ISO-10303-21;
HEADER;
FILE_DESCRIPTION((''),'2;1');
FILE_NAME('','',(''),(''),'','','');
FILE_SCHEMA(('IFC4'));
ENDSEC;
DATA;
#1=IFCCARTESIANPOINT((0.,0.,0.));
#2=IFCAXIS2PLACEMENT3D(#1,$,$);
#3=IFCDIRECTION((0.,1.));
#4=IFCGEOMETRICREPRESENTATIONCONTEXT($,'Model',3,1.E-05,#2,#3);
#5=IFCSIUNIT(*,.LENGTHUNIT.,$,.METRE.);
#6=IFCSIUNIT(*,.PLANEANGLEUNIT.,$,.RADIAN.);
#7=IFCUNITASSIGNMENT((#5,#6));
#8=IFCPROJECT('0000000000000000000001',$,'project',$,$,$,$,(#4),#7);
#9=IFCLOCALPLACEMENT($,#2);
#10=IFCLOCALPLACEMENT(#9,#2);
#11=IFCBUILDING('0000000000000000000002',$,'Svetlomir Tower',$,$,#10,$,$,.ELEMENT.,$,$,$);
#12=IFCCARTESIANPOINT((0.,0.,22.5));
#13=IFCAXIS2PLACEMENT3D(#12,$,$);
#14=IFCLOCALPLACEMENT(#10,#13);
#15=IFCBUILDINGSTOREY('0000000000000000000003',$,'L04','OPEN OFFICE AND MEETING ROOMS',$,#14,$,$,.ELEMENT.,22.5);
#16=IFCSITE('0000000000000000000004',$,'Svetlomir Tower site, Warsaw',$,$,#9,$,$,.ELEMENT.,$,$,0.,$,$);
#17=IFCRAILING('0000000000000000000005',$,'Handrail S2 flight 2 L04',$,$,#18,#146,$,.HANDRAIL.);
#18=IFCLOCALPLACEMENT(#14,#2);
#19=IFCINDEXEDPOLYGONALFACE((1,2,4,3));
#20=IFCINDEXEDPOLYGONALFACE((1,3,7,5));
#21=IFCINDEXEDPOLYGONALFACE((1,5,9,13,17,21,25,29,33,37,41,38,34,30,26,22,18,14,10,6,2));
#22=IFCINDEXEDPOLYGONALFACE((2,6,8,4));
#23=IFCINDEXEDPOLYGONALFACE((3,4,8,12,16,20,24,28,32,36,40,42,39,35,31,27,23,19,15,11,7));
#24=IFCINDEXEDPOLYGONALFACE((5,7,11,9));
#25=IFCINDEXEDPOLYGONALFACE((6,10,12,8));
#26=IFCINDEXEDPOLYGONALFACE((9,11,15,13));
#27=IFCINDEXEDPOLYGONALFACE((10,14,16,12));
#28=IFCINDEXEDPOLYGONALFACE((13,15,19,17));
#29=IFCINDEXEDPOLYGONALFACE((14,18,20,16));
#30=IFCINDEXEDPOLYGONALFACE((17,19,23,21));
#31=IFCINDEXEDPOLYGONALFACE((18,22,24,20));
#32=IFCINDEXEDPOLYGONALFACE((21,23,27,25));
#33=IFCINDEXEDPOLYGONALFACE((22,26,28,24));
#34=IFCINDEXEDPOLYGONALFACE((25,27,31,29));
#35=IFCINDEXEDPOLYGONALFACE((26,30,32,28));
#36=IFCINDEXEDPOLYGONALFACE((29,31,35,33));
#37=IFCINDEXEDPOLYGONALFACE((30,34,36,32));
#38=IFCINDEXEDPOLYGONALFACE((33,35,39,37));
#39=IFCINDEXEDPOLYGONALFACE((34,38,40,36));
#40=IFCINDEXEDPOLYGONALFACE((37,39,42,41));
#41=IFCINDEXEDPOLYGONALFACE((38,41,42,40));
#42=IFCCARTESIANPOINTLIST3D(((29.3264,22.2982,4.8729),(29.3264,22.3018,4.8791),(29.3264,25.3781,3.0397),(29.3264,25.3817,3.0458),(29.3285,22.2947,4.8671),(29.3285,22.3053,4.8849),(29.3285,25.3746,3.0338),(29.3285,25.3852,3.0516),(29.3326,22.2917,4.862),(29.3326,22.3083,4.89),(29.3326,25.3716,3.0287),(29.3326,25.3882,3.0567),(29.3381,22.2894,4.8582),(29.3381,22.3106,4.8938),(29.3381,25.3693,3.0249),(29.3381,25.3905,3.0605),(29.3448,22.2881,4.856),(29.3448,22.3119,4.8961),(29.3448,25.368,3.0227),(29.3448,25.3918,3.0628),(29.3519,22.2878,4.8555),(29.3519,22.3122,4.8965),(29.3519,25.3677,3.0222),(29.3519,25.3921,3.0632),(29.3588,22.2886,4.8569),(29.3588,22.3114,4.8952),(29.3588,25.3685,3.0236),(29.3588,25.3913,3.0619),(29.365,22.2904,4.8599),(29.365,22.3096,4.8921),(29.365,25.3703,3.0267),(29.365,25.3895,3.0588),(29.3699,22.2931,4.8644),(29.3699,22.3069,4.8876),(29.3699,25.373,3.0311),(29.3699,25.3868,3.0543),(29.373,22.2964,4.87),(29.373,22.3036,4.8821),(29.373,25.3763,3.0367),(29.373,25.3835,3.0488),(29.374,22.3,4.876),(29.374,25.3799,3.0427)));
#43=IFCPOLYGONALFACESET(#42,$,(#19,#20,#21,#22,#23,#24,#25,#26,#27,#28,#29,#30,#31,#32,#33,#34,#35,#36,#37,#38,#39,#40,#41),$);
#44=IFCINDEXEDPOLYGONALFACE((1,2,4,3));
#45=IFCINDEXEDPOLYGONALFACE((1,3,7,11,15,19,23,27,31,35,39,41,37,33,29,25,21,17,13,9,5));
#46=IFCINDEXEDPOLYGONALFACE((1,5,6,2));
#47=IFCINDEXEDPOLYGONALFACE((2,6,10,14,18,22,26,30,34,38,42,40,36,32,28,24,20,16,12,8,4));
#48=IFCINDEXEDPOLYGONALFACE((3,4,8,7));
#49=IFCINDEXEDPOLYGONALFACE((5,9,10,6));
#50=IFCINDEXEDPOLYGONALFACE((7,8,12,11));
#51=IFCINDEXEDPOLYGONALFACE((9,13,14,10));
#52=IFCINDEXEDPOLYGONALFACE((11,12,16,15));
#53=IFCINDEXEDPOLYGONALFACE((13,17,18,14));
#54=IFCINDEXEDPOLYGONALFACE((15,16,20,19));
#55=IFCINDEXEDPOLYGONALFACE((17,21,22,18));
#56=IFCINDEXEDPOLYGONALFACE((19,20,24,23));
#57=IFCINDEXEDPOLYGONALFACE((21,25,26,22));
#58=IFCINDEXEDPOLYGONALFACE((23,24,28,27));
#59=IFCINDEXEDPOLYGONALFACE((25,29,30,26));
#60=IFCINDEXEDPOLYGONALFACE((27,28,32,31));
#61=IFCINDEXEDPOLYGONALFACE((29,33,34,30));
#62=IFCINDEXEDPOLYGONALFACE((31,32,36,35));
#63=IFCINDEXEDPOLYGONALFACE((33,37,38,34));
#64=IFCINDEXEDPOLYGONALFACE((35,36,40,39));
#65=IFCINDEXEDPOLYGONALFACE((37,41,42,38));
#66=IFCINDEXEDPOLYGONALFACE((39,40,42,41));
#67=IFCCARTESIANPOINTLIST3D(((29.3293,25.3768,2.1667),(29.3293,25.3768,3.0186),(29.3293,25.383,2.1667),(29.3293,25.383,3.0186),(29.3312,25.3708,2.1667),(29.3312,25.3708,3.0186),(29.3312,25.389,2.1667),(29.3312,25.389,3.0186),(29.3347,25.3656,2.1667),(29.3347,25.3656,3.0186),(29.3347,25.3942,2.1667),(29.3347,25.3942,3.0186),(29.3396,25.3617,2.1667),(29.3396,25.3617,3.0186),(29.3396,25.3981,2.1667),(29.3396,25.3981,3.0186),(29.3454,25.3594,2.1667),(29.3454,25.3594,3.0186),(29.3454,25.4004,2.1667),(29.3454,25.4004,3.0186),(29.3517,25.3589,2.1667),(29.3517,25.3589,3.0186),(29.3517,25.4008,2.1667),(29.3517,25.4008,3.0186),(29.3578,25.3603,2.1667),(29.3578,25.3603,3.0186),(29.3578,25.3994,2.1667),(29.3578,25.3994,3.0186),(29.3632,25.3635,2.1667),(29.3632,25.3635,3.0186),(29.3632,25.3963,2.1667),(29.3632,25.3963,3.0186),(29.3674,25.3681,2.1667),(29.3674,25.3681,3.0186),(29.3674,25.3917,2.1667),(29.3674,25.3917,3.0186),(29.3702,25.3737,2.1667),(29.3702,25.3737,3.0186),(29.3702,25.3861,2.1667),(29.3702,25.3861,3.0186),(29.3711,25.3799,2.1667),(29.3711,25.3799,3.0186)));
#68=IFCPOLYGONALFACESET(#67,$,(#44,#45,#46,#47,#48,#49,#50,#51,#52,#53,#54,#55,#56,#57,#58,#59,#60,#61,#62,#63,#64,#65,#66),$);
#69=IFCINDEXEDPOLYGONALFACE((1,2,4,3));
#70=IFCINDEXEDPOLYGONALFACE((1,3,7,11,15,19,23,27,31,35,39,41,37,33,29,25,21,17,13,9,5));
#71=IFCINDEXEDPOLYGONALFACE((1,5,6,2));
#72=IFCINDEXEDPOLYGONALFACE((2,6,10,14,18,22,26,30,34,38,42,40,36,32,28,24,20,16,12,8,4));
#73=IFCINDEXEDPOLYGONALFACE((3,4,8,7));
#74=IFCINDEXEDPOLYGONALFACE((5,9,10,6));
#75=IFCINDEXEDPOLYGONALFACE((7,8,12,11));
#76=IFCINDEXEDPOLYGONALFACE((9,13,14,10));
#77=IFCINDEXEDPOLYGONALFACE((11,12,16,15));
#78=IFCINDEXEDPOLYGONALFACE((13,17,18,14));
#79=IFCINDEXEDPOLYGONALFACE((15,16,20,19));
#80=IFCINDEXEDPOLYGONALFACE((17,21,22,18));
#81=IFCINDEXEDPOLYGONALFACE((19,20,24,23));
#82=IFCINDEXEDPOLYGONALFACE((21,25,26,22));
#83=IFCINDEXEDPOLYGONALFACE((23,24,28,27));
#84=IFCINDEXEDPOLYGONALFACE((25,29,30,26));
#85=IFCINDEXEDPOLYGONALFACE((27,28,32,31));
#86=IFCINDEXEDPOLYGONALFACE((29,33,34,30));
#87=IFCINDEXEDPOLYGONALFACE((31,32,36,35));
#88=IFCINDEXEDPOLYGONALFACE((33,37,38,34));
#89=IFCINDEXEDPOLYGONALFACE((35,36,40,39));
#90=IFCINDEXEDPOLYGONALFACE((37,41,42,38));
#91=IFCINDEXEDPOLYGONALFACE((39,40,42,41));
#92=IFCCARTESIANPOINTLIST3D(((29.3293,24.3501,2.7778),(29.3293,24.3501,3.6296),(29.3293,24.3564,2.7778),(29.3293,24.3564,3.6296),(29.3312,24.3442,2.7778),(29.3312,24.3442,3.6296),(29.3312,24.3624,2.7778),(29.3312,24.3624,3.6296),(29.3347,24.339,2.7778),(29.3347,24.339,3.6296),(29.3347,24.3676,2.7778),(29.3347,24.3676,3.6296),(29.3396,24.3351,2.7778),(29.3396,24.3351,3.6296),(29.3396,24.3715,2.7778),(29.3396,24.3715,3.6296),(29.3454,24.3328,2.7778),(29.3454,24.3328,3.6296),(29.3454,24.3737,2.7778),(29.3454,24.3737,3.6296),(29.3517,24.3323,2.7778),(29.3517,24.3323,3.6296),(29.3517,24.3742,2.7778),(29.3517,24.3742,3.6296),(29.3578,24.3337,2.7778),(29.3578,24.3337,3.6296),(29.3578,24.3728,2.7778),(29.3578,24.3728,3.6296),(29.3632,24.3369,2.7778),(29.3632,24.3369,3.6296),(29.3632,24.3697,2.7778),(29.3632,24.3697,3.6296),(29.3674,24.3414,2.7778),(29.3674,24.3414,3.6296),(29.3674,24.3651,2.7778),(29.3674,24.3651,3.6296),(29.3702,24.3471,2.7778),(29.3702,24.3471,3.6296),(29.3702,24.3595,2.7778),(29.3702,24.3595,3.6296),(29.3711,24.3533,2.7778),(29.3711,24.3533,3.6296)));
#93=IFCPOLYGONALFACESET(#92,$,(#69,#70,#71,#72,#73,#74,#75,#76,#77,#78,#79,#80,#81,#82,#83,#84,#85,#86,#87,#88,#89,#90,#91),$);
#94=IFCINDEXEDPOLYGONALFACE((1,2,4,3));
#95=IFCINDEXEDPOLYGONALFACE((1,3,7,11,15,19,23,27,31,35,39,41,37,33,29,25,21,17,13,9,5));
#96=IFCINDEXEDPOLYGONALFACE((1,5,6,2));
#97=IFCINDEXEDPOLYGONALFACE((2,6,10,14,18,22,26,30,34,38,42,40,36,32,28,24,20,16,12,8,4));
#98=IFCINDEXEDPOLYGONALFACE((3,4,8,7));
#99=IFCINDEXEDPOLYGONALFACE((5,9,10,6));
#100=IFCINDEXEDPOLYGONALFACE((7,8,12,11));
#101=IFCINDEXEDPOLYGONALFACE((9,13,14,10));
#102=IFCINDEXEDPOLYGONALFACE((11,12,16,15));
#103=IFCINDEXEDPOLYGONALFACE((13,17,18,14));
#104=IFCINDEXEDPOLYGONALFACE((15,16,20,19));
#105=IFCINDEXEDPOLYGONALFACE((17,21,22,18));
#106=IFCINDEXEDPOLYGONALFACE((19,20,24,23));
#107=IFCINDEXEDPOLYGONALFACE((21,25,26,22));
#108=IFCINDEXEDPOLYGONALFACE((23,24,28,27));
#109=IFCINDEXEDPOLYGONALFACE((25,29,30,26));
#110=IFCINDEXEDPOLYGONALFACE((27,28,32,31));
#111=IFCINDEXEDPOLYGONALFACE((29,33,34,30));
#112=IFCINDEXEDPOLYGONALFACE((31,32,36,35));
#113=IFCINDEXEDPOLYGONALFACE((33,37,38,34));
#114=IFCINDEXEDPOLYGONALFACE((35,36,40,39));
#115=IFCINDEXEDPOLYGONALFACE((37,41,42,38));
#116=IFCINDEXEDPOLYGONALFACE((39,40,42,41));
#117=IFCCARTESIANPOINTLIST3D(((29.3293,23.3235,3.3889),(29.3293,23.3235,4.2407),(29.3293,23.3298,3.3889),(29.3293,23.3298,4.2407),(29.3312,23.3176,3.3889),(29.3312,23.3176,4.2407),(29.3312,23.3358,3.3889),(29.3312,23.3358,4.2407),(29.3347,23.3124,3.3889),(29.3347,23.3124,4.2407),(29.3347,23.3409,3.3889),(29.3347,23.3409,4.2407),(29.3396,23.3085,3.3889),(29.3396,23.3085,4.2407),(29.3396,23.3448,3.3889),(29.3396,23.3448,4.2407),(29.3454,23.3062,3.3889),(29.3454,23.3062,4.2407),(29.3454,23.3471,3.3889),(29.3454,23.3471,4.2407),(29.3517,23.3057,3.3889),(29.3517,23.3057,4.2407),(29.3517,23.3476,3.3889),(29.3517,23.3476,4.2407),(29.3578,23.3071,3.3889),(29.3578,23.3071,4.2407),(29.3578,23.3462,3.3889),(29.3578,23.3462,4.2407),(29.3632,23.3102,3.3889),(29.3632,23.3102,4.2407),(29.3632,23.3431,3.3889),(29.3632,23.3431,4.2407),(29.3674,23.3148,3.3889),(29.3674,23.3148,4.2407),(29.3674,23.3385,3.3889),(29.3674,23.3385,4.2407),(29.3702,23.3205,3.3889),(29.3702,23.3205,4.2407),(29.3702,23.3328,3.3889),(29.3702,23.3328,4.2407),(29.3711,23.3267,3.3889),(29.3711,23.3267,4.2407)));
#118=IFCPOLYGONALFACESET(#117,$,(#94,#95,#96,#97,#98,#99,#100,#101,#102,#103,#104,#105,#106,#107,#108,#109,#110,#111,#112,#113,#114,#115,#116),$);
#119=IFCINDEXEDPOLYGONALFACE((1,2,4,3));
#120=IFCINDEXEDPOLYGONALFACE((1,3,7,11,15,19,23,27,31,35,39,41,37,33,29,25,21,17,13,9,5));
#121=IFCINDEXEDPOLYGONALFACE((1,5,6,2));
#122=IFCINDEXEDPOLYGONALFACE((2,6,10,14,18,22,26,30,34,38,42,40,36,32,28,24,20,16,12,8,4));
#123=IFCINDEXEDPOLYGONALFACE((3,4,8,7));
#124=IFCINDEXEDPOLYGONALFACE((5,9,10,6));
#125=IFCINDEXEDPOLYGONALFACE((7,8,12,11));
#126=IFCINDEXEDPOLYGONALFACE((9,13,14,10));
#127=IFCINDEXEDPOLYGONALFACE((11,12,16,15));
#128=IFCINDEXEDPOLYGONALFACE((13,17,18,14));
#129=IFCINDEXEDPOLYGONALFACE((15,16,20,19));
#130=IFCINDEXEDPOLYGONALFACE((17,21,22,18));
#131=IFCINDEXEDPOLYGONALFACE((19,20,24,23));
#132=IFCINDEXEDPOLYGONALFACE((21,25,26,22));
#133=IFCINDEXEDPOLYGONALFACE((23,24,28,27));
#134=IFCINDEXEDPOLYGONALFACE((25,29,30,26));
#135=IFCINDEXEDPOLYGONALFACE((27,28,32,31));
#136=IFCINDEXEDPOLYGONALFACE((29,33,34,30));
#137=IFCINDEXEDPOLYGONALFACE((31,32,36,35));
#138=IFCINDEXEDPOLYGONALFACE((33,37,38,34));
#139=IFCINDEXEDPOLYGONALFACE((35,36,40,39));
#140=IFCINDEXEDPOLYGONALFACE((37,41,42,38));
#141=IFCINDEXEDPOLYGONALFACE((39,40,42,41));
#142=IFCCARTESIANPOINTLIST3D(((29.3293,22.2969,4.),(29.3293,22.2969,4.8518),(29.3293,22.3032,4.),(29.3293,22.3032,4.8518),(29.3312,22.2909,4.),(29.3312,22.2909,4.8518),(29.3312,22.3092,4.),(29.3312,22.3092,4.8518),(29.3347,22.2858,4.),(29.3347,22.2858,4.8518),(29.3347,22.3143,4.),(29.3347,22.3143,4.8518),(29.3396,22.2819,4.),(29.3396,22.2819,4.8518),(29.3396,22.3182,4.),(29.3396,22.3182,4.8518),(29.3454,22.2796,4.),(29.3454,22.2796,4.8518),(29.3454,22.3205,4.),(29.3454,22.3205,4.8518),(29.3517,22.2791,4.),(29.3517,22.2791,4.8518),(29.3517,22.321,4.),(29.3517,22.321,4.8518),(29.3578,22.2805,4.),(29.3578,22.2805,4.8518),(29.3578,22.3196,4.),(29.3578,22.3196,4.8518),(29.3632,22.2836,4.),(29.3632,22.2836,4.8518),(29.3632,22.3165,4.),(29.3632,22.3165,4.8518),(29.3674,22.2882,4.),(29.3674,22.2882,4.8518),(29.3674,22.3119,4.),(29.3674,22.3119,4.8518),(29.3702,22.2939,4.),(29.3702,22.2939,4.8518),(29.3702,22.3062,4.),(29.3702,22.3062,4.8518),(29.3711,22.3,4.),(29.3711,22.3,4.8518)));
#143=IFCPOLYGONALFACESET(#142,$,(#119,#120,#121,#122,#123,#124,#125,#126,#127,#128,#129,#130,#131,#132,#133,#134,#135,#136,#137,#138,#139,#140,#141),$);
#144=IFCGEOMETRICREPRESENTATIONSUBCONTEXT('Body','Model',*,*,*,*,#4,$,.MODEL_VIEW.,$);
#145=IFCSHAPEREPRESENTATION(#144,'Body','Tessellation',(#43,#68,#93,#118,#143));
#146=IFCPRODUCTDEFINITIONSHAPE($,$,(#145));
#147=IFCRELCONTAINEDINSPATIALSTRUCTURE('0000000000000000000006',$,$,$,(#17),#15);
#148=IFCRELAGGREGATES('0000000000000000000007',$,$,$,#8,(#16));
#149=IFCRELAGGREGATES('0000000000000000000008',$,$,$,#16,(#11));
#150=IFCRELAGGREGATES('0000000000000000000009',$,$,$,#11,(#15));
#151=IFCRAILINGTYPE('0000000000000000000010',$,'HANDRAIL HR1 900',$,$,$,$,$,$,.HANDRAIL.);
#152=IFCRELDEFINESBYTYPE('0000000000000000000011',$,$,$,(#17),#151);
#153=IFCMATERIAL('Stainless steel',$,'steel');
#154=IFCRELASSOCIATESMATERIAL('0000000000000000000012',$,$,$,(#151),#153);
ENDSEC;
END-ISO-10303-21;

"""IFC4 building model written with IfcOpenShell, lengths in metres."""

from ifc_helpers import new_model, si_unit, direction, frame, origin, origin_2d, place, context, subcontext, project, spatial, circle, extrude, material, type_object, element, save


model = new_model("IFC4")

# Units and contexts
model_context = context("Model", 3, precision=1e-05, world=origin(), true_north=direction((0.0, 1.0)))
body_context = subcontext(model_context, "Body", "Model", "MODEL_VIEW")
ifc_project = project(units=[si_unit("LENGTHUNIT", "METRE"), si_unit("PLANEANGLEUNIT", "RADIAN")], contexts=[model_context])

# Site, building, storey
site_placement = place(None, origin())
site = spatial("IfcSite", under=ifc_project, at=site_placement, Name="Svetlomir Tower site, Warsaw", CompositionType="ELEMENT", RefElevation=0.0)
building_placement = place(site_placement, origin())
building = spatial("IfcBuilding", under=site, at=building_placement, Name="Svetlomir Tower", CompositionType="ELEMENT")
storey_placement = place(building_placement, frame((0.0, 0.0, 22.5)))
storey = spatial("IfcBuildingStorey", under=building, at=storey_placement, Name="L04", Description="OPEN OFFICE AND MEETING ROOMS", CompositionType="ELEMENT", Elevation=22.5)

# Railing
ifc_material_1 = material(Name="Stainless steel", Category="steel")
railing_type = type_object("IfcRailingType", Name="HANDRAIL HR1 900", PredefinedType="HANDRAIL", material=ifc_material_1)
railing_1_placement = place(storey_placement, frame((29.3501, 25.3799, 2.1667)))
element("IfcRailing", 1, at=railing_1_placement, inside=storey, type_object=railing_type, Name="Handrail S2 flight 2 L04", PredefinedType="HANDRAIL", context=body_context, shape_type="SweptSolid", body=[
    extrude(circle(Radius=0.0239, at=origin_2d()), frame((0.0, 0.0, 0.876), z_axis=(0.0, -0.859291, 0.511487), x_axis=(1.0, 0.0, 0.0)), (0.0, 0.0, 1.0), 3.5842),
    extrude(circle(Radius=0.021, at=origin_2d()), origin(), (0.0, 0.0, 1.0), 0.8518),
    extrude(circle(Radius=0.021, at=origin_2d()), frame((0.0, -1.0266, 0.6111)), (0.0, 0.0, 1.0), 0.8518),
    extrude(circle(Radius=0.021, at=origin_2d()), frame((0.0, -2.0532, 1.2222)), (0.0, 0.0, 1.0), 0.8518),
    extrude(circle(Radius=0.021, at=origin_2d()), frame((0.0, -3.0798, 1.8333)), (0.0, 0.0, 1.0), 0.8518),
])

save(model, "model.ifc")
